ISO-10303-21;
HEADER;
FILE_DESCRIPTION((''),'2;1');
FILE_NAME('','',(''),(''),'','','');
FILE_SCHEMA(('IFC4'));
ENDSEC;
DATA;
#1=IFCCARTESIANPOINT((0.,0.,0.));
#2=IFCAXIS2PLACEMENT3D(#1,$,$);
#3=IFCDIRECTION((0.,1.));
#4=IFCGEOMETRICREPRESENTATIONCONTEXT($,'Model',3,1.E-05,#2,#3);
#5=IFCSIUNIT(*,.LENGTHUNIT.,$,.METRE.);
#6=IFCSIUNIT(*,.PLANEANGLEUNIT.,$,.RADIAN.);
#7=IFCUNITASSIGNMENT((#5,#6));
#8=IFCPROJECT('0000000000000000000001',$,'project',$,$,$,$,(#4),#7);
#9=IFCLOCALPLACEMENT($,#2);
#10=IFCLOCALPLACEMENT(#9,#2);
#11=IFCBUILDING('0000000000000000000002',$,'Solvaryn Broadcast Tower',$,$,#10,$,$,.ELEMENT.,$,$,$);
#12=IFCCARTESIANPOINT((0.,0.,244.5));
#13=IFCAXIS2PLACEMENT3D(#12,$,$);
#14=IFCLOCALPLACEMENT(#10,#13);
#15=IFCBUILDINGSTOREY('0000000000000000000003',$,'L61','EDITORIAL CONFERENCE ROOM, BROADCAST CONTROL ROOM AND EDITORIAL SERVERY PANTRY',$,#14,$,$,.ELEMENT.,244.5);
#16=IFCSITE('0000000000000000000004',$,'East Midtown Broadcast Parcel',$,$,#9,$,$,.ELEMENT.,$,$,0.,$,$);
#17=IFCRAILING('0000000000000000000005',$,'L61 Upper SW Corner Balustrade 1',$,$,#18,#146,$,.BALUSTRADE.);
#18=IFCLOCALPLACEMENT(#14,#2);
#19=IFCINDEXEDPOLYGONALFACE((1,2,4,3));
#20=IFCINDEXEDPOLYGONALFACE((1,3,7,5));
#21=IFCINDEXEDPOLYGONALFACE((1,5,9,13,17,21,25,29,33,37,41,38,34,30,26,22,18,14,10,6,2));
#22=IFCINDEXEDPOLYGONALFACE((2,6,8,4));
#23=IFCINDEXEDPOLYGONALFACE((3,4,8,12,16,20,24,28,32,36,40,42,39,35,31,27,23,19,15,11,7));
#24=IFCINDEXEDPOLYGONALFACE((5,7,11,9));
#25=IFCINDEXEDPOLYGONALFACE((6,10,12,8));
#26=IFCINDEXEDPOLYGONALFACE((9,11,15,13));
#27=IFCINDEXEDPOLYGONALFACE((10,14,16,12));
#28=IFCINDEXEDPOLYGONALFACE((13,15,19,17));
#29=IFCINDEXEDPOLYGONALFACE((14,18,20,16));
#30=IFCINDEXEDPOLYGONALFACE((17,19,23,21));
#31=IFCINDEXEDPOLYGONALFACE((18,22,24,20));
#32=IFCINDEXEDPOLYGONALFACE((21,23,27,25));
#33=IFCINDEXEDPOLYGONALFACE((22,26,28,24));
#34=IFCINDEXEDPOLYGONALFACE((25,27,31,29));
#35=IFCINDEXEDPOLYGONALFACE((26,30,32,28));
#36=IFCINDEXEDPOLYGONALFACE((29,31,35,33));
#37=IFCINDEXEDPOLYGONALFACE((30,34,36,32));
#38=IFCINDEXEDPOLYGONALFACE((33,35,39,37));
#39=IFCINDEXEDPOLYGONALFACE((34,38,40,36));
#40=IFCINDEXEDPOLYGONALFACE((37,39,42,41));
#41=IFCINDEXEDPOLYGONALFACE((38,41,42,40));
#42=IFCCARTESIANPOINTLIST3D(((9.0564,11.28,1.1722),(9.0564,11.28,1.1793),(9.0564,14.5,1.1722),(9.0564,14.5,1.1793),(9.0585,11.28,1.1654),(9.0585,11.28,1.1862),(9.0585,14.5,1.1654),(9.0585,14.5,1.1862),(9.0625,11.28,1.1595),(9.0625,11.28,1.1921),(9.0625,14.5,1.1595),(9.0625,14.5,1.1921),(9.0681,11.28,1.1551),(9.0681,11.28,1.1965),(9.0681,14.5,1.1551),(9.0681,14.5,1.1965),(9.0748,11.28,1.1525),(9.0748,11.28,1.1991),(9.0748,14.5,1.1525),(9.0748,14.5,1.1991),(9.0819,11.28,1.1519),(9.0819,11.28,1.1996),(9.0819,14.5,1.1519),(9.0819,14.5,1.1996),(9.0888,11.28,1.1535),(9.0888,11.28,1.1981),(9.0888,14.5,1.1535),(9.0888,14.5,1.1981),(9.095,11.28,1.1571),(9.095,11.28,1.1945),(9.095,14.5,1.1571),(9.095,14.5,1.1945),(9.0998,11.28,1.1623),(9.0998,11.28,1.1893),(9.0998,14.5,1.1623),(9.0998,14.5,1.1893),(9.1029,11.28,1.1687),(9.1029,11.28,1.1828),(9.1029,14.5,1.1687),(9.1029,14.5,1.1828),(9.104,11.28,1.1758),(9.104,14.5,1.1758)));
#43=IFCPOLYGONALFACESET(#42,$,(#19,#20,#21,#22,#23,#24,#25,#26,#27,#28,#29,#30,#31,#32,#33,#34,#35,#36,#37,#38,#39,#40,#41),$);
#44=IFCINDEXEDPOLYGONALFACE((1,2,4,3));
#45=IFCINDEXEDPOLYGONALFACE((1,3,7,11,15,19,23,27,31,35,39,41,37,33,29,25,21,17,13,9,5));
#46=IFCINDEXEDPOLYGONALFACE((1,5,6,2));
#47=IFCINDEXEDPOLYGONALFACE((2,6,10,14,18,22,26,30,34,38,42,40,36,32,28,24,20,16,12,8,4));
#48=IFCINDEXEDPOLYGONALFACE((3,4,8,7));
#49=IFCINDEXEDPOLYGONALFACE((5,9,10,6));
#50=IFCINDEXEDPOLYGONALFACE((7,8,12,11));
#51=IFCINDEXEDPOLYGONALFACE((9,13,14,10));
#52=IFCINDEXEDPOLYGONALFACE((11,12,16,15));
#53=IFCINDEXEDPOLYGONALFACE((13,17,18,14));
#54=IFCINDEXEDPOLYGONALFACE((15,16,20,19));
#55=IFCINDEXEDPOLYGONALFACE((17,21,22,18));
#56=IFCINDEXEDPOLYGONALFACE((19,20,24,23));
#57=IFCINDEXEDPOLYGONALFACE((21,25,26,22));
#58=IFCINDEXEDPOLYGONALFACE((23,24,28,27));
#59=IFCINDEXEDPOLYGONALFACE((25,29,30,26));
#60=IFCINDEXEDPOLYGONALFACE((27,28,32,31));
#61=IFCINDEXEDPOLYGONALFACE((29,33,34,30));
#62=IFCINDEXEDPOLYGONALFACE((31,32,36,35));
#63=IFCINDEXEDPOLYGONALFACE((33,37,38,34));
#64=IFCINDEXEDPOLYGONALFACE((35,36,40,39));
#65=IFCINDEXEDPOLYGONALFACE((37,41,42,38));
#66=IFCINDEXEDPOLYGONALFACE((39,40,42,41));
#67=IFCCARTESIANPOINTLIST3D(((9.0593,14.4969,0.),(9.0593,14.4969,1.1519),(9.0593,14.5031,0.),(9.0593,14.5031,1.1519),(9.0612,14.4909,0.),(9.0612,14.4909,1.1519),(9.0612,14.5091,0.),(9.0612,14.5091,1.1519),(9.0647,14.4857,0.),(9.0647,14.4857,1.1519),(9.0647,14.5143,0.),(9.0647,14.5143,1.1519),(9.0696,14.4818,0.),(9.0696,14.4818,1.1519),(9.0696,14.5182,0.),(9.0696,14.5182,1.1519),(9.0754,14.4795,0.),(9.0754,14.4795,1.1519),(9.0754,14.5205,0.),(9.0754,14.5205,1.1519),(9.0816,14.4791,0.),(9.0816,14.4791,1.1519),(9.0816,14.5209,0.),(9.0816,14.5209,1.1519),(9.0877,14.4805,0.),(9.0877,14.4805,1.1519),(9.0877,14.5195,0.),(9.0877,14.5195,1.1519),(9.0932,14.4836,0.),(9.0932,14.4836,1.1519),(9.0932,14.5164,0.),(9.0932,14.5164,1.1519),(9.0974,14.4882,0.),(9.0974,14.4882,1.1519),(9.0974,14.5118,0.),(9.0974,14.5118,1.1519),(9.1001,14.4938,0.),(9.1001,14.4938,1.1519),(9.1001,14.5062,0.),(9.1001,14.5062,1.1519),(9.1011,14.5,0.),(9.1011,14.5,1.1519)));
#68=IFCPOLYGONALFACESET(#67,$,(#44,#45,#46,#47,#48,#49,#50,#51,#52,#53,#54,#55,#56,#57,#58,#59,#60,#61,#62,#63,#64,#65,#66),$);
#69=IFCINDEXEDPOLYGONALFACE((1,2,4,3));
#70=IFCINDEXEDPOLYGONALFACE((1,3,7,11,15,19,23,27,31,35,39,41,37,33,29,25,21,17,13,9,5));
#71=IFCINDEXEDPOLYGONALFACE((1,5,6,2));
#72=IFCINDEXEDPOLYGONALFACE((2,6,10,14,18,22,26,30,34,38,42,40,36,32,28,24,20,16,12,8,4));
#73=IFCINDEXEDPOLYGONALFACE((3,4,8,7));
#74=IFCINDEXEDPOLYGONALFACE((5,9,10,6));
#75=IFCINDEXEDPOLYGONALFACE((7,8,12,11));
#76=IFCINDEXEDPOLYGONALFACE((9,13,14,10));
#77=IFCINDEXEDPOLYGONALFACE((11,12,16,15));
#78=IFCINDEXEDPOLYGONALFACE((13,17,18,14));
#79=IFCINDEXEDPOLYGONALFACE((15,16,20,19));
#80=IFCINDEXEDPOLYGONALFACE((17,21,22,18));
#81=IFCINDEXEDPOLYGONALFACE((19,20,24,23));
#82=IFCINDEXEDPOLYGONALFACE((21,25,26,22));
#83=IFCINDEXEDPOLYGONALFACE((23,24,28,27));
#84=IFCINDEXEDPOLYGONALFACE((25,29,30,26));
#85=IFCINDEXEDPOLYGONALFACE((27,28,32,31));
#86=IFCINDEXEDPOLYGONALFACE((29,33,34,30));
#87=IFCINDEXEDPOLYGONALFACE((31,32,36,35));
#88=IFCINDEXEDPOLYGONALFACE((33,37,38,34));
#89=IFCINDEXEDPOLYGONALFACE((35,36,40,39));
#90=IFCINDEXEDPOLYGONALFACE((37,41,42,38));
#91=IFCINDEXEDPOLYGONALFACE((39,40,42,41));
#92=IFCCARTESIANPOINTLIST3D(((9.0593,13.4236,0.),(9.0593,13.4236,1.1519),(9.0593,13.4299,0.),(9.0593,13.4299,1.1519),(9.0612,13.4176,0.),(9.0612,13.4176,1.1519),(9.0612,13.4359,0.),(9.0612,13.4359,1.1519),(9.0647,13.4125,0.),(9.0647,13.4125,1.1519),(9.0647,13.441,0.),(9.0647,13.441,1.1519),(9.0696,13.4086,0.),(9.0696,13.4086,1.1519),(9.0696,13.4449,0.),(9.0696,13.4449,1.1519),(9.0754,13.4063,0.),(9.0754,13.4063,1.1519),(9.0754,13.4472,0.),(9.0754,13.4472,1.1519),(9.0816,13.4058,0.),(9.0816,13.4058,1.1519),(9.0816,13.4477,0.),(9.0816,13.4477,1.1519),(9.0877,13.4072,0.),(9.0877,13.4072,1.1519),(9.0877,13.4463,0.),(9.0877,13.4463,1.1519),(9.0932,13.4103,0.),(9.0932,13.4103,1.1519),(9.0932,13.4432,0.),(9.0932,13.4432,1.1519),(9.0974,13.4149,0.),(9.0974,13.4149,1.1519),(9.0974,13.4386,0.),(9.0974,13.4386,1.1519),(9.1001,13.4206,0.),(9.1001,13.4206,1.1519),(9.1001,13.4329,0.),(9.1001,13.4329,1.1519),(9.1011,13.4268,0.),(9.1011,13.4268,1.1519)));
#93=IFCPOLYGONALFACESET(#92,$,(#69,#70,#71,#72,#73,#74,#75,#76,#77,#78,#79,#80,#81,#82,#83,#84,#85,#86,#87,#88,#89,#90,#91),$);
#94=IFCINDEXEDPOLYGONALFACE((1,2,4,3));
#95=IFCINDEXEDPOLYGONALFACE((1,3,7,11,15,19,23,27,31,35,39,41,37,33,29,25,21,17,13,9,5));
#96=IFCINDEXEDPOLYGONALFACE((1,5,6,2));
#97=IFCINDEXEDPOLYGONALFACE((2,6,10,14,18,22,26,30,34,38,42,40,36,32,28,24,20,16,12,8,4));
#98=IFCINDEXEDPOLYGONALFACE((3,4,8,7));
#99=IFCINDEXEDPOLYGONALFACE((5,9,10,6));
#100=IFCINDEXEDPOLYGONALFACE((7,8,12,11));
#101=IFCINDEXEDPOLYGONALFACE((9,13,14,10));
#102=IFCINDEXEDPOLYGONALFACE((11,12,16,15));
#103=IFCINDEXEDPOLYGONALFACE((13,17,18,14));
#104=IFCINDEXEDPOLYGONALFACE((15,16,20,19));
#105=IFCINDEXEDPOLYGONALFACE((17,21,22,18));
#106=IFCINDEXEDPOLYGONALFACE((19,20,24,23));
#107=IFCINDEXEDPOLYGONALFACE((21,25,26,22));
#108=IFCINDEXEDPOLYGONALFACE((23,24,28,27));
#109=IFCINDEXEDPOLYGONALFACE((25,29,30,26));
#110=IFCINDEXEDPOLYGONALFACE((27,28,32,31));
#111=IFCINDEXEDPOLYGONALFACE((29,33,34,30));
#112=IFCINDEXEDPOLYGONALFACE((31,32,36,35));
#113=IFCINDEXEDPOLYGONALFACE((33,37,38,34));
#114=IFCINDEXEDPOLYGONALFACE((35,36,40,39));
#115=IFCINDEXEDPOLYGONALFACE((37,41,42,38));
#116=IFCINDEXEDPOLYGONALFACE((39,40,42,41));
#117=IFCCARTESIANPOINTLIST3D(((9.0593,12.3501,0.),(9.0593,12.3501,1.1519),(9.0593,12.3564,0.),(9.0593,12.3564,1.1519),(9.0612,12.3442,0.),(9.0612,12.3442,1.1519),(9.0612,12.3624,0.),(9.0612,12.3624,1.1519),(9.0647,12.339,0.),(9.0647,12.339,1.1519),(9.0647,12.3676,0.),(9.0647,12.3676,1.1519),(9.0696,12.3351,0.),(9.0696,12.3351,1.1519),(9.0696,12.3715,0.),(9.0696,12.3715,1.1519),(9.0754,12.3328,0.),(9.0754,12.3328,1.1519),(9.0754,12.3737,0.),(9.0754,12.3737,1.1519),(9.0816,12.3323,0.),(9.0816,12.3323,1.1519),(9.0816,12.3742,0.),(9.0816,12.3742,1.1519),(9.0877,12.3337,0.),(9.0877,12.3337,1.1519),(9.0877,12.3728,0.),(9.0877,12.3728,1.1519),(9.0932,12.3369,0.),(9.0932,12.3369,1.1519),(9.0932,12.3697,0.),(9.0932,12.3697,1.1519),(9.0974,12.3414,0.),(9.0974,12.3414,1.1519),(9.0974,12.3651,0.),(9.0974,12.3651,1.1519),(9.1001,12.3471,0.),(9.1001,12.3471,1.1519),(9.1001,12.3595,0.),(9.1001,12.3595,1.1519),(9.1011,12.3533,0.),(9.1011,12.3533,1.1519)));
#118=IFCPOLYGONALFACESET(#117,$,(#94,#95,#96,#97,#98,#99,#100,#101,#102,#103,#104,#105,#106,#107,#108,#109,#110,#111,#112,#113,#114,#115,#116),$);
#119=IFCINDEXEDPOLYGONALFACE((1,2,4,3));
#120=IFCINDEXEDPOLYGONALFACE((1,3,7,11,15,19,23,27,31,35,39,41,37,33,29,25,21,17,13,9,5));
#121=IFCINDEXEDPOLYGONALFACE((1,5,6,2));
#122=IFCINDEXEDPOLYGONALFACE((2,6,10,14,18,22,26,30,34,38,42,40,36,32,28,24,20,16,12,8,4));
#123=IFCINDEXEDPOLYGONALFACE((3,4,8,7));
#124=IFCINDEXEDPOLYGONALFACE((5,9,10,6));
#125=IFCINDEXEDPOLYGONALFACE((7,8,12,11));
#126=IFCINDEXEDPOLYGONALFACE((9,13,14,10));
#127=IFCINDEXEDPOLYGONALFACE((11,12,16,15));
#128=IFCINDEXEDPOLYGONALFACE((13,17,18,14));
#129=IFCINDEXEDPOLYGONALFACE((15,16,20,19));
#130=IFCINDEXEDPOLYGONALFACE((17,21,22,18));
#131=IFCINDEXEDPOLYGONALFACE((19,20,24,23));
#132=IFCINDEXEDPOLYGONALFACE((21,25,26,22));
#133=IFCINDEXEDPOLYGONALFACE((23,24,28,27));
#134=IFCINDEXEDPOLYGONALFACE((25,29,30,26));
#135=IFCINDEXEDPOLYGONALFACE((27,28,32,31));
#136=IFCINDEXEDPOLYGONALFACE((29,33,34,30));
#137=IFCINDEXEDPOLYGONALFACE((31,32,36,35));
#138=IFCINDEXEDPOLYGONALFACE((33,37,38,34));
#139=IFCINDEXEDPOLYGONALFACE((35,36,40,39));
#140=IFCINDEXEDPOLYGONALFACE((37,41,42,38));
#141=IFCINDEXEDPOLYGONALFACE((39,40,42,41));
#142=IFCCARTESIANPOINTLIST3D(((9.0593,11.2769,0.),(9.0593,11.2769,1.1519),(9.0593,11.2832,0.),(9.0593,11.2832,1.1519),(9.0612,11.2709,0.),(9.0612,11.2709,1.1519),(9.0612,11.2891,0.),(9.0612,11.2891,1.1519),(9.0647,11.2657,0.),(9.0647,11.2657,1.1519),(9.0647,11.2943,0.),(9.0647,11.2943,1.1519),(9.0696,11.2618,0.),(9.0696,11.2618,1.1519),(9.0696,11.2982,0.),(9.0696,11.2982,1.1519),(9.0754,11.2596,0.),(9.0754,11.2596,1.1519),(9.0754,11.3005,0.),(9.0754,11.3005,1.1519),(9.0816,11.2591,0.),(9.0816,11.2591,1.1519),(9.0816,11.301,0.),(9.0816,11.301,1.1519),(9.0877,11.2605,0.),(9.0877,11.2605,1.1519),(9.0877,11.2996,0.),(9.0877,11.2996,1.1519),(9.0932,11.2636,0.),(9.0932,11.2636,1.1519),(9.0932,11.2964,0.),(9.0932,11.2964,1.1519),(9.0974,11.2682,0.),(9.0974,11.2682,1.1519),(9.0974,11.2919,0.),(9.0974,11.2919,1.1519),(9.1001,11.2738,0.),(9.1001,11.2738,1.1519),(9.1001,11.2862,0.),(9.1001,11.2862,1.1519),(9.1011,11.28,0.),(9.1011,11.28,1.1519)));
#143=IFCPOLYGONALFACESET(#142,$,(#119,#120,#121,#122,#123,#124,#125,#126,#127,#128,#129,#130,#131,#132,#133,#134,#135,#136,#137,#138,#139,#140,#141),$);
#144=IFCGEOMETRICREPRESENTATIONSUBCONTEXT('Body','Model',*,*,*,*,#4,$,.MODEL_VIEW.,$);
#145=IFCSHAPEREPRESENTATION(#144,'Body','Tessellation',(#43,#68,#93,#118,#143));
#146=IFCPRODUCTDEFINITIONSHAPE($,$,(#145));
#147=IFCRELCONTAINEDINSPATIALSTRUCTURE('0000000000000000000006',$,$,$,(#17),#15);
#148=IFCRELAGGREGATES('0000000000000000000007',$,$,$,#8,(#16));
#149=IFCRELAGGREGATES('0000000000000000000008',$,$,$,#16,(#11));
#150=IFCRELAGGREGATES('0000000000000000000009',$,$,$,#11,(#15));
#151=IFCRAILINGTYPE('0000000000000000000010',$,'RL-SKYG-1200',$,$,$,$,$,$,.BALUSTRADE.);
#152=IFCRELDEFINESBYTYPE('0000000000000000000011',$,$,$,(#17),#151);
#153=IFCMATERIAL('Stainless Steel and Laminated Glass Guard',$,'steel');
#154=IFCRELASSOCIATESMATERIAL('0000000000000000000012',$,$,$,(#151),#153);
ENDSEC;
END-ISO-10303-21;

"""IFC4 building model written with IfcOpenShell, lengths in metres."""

from ifc_helpers import new_model, si_unit, direction, frame, origin, origin_2d, place, context, subcontext, project, spatial, circle, extrude, material, type_object, element, save


model = new_model("IFC4")

# Units and contexts
model_context = context("Model", 3, precision=1e-05, world=origin(), true_north=direction((0.0, 1.0)))
body_context = subcontext(model_context, "Body", "Model", "MODEL_VIEW")
ifc_project = project(units=[si_unit("LENGTHUNIT", "METRE"), si_unit("PLANEANGLEUNIT", "RADIAN")], contexts=[model_context])

# Site, building, storey
site_placement = place(None, origin())
site = spatial("IfcSite", under=ifc_project, at=site_placement, Name="East Midtown Broadcast Parcel", CompositionType="ELEMENT", RefElevation=0.0)
building_placement = place(site_placement, origin())
building = spatial("IfcBuilding", under=site, at=building_placement, Name="Solvaryn Broadcast Tower", CompositionType="ELEMENT")
storey_placement = place(building_placement, frame((0.0, 0.0, 244.5)))
storey = spatial("IfcBuildingStorey", under=building, at=storey_placement, Name="L61", Description="EDITORIAL CONFERENCE ROOM, BROADCAST CONTROL ROOM AND EDITORIAL SERVERY PANTRY", CompositionType="ELEMENT", Elevation=244.5)

# Railing
ifc_material_1 = material(Name="Stainless Steel and Laminated Glass Guard", Category="steel")
railing_type = type_object("IfcRailingType", Name="RL-SKYG-1200", PredefinedType="BALUSTRADE", material=ifc_material_1)
railing_placement = place(storey_placement, frame((9.0801, 14.5, 0.0)))
element("IfcRailing", 1, at=railing_placement, inside=storey, type_object=railing_type, Name="L61 Upper SW Corner Balustrade 1", PredefinedType="BALUSTRADE", context=body_context, shape_type="SweptSolid", body=[
    extrude(circle(Radius=0.0239, at=origin_2d()), frame((0.0, 0.0, 1.1758), z_axis=(0.0, -1.0, 0.0), x_axis=(1.0, 0.0, 0.0)), (0.0, 0.0, 1.0), 3.22),
    extrude(circle(Radius=0.021, at=origin_2d()), origin(), (0.0, 0.0, 1.0), 1.1519),
    extrude(circle(Radius=0.021, at=origin_2d()), frame((0.0, -1.0732, 0.0)), (0.0, 0.0, 1.0), 1.1519),
    extrude(circle(Radius=0.021, at=origin_2d()), frame((0.0, -2.1467, 0.0)), (0.0, 0.0, 1.0), 1.1519),
    extrude(circle(Radius=0.021, at=origin_2d()), frame((0.0, -3.22, 0.0)), (0.0, 0.0, 1.0), 1.1519),
])

save(model, "model.ifc")
